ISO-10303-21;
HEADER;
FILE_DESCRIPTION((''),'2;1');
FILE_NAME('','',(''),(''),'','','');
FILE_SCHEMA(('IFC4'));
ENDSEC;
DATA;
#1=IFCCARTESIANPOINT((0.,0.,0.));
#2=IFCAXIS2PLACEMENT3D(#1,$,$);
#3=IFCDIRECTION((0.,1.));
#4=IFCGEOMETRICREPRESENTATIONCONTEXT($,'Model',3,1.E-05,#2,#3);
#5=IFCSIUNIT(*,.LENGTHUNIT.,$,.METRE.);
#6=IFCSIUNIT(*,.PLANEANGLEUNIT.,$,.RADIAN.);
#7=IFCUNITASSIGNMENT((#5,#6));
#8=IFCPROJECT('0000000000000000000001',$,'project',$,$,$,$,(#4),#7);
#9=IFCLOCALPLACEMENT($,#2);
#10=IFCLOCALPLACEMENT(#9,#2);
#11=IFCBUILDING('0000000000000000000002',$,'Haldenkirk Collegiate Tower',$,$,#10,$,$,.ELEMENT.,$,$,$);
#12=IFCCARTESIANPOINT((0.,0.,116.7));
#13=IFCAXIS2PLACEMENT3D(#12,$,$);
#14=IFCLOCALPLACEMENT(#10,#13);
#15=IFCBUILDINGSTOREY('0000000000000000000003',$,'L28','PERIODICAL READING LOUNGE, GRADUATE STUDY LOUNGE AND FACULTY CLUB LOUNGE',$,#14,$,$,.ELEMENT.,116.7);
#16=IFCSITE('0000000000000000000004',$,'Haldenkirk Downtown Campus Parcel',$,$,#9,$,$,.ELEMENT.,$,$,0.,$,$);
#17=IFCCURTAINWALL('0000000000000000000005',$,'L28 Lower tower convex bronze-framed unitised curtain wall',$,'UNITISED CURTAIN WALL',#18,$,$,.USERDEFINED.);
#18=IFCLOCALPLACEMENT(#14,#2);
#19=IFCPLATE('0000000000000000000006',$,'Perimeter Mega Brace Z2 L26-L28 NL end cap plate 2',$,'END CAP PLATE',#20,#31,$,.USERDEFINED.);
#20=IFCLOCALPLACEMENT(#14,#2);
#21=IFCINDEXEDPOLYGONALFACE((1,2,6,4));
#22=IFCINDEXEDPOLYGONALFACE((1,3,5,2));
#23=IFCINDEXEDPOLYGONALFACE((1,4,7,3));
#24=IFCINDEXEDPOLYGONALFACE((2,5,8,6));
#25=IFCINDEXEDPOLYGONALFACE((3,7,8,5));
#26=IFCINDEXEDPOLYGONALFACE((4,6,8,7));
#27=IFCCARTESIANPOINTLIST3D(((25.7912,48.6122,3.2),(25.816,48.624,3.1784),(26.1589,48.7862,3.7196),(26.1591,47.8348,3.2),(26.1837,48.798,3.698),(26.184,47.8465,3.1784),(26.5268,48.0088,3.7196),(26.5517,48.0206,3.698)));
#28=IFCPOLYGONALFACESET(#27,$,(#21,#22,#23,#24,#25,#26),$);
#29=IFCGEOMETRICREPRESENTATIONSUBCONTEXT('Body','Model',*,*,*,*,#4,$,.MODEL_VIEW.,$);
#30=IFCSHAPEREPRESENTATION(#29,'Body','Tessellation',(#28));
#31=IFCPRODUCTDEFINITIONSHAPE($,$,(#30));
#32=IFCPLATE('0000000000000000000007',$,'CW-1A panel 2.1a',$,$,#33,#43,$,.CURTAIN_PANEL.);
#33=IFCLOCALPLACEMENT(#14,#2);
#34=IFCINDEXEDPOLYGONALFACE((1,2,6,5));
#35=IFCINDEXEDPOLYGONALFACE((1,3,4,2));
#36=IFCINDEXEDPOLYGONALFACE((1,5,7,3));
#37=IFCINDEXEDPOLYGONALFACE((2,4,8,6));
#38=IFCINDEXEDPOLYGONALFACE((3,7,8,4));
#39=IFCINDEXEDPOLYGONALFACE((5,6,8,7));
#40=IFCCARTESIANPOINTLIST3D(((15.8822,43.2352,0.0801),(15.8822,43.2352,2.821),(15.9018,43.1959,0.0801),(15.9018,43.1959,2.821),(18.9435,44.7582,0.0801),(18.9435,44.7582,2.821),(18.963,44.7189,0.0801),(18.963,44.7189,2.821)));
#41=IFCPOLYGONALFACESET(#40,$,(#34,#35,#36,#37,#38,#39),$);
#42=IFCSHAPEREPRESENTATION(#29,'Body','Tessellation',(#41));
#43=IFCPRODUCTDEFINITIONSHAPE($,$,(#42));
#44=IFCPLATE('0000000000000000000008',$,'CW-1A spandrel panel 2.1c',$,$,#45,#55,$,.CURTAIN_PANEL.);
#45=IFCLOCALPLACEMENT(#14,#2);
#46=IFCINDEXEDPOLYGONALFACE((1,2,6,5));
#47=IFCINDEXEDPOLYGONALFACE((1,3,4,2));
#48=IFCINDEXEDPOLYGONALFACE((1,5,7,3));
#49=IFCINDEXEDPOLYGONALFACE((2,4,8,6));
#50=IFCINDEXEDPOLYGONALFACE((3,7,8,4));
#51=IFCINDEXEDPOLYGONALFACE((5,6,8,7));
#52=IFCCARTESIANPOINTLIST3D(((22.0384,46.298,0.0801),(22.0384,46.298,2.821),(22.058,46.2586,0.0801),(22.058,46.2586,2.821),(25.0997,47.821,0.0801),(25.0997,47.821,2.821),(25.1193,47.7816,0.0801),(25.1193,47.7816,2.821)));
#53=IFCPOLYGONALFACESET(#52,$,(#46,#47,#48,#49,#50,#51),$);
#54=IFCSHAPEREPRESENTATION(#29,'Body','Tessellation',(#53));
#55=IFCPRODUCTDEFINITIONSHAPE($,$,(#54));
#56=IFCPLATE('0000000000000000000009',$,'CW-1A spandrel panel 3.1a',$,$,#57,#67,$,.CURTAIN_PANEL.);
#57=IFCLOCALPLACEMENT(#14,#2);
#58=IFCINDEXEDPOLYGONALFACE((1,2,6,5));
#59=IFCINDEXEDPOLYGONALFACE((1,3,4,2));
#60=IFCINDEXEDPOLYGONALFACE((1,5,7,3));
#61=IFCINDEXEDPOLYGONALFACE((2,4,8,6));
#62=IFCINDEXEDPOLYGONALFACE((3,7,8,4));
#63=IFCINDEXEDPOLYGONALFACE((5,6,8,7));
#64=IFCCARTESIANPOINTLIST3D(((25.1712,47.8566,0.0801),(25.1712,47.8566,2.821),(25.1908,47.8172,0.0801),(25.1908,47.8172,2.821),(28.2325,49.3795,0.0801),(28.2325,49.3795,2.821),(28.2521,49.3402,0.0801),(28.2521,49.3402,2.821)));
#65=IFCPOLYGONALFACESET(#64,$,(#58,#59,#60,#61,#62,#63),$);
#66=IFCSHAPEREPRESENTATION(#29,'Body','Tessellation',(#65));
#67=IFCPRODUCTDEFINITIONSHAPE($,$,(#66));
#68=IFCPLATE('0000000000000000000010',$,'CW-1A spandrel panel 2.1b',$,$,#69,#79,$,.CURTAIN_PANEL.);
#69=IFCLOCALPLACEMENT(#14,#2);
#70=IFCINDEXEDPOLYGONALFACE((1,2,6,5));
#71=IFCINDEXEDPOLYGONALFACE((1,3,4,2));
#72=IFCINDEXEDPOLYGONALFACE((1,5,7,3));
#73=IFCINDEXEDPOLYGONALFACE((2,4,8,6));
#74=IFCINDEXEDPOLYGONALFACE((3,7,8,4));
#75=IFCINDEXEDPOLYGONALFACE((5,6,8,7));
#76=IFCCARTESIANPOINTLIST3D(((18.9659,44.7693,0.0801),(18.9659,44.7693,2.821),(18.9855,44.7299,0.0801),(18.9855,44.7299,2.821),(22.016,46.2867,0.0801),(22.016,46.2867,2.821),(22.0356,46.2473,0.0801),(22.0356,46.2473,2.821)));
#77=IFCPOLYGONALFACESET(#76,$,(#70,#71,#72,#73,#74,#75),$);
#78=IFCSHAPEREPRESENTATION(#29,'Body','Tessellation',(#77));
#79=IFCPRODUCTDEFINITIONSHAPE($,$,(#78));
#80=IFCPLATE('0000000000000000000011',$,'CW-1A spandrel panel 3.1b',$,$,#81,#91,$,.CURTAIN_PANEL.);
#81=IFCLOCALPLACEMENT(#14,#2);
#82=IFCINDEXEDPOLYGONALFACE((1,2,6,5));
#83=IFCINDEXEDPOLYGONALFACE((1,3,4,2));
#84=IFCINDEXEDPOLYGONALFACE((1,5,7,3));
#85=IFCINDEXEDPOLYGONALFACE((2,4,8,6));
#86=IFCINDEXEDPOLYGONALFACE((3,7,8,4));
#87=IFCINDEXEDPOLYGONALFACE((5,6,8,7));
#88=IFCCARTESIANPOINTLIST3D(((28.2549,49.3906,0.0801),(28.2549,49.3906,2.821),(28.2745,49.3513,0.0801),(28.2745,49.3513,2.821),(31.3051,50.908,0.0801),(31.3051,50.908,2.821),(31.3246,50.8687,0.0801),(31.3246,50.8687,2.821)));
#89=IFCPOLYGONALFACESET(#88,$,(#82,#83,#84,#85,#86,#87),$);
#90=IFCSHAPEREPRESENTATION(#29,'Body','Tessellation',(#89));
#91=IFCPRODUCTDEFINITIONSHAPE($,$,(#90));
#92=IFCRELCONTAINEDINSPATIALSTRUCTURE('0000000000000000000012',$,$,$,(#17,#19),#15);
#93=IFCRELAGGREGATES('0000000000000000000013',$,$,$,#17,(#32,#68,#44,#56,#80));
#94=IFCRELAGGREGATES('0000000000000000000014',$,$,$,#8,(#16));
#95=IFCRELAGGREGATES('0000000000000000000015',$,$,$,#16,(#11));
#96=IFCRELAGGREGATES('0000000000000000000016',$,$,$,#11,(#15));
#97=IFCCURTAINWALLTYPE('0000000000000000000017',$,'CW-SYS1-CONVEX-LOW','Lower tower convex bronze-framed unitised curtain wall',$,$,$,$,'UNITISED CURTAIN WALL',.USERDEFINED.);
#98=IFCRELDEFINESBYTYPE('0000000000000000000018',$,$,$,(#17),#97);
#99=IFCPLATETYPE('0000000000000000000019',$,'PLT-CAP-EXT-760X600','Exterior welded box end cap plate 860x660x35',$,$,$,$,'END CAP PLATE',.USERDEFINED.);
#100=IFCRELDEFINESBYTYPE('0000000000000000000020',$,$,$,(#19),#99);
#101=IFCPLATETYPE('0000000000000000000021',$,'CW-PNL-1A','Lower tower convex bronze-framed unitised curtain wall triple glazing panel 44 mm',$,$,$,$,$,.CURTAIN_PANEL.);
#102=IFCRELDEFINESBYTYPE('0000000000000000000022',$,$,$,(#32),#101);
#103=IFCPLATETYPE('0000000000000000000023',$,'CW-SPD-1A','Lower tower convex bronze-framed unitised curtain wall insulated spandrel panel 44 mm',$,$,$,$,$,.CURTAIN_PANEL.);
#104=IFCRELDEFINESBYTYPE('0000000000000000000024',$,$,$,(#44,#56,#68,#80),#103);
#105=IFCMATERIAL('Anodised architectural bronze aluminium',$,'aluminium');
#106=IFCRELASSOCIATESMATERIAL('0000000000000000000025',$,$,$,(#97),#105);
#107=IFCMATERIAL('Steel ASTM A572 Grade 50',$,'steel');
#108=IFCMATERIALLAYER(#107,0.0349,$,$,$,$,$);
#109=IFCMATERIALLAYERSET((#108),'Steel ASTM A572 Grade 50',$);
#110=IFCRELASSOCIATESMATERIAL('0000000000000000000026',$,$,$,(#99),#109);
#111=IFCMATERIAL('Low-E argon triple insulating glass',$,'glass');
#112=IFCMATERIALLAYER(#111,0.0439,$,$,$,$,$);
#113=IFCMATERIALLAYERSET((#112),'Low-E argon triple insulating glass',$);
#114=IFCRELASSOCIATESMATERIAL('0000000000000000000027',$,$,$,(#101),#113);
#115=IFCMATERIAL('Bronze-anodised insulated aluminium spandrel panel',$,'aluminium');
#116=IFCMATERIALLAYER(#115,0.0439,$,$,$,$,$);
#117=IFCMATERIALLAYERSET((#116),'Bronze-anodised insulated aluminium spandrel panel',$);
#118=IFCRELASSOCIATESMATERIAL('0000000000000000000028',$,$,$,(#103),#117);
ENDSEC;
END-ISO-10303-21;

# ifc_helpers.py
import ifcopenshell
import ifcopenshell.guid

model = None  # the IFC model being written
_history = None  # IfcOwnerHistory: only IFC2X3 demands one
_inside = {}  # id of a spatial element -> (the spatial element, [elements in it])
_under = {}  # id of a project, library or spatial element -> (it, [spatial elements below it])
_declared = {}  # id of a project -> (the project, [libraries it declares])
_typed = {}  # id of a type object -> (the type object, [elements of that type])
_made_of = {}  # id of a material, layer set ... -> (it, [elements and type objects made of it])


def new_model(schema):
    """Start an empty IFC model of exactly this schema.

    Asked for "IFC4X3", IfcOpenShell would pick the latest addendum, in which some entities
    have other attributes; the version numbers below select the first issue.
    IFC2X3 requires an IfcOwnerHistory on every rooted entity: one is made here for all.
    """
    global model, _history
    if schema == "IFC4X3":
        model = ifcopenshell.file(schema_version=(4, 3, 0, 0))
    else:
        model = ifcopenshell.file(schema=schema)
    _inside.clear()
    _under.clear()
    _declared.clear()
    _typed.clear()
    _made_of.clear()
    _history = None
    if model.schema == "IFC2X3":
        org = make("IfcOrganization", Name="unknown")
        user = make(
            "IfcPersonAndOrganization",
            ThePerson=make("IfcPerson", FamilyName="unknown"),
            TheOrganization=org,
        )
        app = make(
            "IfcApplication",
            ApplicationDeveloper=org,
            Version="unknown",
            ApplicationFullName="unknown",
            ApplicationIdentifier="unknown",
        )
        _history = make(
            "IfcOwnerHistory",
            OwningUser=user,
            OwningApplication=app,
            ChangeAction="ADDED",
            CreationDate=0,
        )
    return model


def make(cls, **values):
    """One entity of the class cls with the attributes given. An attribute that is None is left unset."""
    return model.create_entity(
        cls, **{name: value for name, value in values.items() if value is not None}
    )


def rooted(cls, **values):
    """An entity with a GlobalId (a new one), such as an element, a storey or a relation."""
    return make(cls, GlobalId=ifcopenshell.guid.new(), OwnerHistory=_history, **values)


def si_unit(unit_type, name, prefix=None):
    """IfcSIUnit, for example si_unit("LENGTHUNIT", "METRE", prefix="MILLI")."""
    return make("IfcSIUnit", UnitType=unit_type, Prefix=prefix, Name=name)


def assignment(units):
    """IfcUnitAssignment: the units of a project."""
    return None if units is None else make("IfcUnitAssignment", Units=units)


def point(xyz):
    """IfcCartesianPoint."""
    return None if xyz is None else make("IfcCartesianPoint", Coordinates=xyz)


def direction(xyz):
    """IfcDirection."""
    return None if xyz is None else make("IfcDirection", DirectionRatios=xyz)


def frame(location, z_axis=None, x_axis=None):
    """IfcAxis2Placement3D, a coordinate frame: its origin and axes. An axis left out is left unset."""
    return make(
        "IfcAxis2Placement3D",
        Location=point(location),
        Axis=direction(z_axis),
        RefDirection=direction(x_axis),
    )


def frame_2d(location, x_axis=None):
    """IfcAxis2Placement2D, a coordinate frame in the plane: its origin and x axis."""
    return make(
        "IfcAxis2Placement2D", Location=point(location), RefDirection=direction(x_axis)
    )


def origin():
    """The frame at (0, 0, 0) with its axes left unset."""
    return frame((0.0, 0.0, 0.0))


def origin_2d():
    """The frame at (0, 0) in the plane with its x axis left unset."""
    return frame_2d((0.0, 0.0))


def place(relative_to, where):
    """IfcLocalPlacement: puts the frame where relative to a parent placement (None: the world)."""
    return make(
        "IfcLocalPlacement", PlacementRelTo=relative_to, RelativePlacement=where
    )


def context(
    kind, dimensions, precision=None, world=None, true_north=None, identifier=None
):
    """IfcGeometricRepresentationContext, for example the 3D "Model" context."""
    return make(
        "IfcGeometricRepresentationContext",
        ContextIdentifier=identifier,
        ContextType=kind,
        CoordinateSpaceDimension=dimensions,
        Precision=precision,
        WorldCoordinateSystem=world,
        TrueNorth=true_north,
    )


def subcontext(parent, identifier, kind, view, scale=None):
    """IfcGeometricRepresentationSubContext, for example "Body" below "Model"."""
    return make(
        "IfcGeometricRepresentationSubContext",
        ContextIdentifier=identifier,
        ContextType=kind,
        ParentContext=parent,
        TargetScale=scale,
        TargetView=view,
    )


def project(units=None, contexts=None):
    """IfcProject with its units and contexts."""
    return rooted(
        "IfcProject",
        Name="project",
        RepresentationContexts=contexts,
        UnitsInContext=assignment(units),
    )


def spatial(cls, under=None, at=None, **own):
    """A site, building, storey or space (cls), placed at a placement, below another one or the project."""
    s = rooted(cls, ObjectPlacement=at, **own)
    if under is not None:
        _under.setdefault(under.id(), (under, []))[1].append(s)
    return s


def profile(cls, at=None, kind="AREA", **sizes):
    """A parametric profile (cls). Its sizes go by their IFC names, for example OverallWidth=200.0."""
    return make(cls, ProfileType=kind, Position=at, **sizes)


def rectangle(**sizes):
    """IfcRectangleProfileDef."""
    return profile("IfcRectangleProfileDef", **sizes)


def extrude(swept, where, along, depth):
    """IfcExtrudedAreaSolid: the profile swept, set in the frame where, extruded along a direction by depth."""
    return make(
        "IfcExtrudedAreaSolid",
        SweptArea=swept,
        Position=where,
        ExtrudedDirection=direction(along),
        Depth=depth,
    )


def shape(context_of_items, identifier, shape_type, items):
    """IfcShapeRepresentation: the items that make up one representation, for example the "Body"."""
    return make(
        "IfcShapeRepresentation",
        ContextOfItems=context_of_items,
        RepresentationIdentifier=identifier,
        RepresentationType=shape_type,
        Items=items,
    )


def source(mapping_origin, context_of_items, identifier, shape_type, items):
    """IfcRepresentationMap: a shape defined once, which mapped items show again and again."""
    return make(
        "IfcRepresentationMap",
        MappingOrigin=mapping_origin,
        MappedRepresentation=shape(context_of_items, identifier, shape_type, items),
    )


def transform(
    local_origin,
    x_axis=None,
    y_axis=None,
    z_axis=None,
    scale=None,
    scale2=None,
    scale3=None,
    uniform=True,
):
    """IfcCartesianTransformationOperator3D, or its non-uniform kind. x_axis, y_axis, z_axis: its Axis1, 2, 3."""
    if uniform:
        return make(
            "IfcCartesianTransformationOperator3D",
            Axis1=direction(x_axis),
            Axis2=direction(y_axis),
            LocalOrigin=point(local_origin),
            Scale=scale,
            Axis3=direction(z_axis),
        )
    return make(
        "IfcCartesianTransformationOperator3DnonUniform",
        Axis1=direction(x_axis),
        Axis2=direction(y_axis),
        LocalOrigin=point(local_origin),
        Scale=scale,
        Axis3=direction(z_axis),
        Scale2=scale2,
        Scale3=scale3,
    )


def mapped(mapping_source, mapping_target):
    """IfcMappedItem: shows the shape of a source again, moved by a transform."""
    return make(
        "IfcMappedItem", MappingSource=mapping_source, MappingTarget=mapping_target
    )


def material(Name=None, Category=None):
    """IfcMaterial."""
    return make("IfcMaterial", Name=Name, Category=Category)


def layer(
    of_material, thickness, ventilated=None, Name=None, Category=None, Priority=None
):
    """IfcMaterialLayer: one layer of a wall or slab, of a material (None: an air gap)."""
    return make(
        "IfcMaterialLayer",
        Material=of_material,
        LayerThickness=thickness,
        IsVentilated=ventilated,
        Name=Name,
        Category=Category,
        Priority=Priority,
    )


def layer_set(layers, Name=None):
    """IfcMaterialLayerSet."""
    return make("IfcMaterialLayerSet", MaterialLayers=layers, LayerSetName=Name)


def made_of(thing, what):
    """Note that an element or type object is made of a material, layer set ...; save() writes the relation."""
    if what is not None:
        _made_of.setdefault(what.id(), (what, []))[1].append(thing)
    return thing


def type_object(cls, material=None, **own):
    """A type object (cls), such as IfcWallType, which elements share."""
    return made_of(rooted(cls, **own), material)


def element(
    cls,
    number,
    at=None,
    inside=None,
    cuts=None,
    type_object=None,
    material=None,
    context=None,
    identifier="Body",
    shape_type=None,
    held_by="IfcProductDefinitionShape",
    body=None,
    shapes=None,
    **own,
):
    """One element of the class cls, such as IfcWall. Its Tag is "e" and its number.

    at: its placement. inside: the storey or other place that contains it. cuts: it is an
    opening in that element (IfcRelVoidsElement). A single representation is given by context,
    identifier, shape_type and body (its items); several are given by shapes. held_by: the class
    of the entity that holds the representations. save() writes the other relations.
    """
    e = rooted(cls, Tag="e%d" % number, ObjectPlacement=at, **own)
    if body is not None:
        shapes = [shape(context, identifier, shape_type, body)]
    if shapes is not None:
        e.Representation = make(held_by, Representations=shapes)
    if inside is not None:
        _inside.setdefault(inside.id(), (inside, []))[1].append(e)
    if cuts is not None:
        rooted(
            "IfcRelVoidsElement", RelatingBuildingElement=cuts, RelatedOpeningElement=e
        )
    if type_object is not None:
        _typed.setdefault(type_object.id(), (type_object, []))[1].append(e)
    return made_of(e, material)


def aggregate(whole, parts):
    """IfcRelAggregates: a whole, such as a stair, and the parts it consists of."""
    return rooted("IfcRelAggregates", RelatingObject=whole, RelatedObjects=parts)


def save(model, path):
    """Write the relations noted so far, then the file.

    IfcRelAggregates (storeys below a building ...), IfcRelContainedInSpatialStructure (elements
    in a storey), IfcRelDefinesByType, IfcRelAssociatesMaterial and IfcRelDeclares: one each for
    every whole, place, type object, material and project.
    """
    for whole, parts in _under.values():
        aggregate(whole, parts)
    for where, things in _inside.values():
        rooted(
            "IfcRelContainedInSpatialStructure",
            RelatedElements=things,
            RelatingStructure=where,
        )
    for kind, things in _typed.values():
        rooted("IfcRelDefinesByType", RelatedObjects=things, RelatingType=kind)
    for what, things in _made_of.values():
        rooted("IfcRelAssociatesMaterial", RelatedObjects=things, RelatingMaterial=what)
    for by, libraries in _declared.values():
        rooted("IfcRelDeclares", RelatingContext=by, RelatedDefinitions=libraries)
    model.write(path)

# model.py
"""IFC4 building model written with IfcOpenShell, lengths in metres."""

from ifc_helpers import new_model, si_unit, direction, frame, origin, origin_2d, place, context, subcontext, project, spatial, rectangle, extrude, source, transform, mapped, material, layer, layer_set, type_object, element, aggregate, save


model = new_model("IFC4")

# Units and contexts
model_context = context("Model", 3, precision=1e-05, world=origin(), true_north=direction((0.0, 1.0)))
body_context = subcontext(model_context, "Body", "Model", "MODEL_VIEW")
ifc_project = project(units=[si_unit("LENGTHUNIT", "METRE"), si_unit("PLANEANGLEUNIT", "RADIAN")], contexts=[model_context])

# Site, building, storey
site_placement = place(None, origin())
site = spatial("IfcSite", under=ifc_project, at=site_placement, Name="Haldenkirk Downtown Campus Parcel", CompositionType="ELEMENT", RefElevation=0.0)
building_placement = place(site_placement, origin())
building = spatial("IfcBuilding", under=site, at=building_placement, Name="Haldenkirk Collegiate Tower", CompositionType="ELEMENT")
storey_placement = place(building_placement, frame((0.0, 0.0, 116.7)))
storey = spatial("IfcBuildingStorey", under=building, at=storey_placement, Name="L28", Description="PERIODICAL READING LOUNGE, GRADUATE STUDY LOUNGE AND FACULTY CLUB LOUNGE", CompositionType="ELEMENT", Elevation=116.7)

# Curtain wall
ifc_material_1 = material(Name="Anodised architectural bronze aluminium", Category="aluminium")
curtain_wall_type = type_object("IfcCurtainWallType", Name="CW-SYS1-CONVEX-LOW", Description="Lower tower convex bronze-framed unitised curtain wall", ElementType="UNITISED CURTAIN WALL", PredefinedType="USERDEFINED", material=ifc_material_1)
curtain_wall_placement = place(storey_placement, origin())
curtain_wall = element("IfcCurtainWall", 1, at=curtain_wall_placement, inside=storey, type_object=curtain_wall_type, Name="L28 Lower tower convex bronze-framed unitised curtain wall", ObjectType="UNITISED CURTAIN WALL", PredefinedType="USERDEFINED")

# Plates
ifc_material_2 = material(Name="Steel ASTM A572 Grade 50", Category="steel")
ifc_layer_1 = layer(ifc_material_2, 0.0349)
ifc_layer_set_1 = layer_set([ifc_layer_1], Name="Steel ASTM A572 Grade 50")
plate_type_1 = type_object("IfcPlateType", Name="PLT-CAP-EXT-760X600", Description="Exterior welded box end cap plate 860x660x35", ElementType="END CAP PLATE", PredefinedType="USERDEFINED", material=ifc_layer_set_1)
shared_shape_1 = source(origin(), body_context, "Body", "SweptSolid", [
    extrude(rectangle(XDim=0.8601, YDim=0.6599, at=origin_2d()), origin(), (0.0, 0.0, 1.0), 0.0349),
])
plate_1_placement = place(storey_placement, frame((26.1838, 48.3223, 3.4382), z_axis=(-0.711678, -0.336837, 0.616487), x_axis=(0.427803, -0.903872, 0.0)))
element("IfcPlate", 2, at=plate_1_placement, inside=storey, type_object=plate_type_1, Name="Perimeter Mega Brace Z2 L26-L28 NL end cap plate 2", ObjectType="END CAP PLATE", PredefinedType="USERDEFINED", context=body_context, shape_type="MappedRepresentation", body=[
    mapped(shared_shape_1, transform((0.0, 0.0, 0.0), x_axis=(1.0, 0.0, 0.0), y_axis=(0.0, 1.0, 0.0), z_axis=(0.0, 0.0, 1.0), scale=1.0)),
])
ifc_material_3 = material(Name="Low-E argon triple insulating glass", Category="glass")
ifc_layer_2 = layer(ifc_material_3, 0.0439)
ifc_layer_set_2 = layer_set([ifc_layer_2], Name="Low-E argon triple insulating glass")
plate_type_2 = type_object("IfcPlateType", Name="CW-PNL-1A", Description="Lower tower convex bronze-framed unitised curtain wall triple glazing panel 44 mm", PredefinedType="CURTAIN_PANEL", material=ifc_layer_set_2)
shared_shape_2 = source(origin(), body_context, "Body", "SweptSolid", [
    extrude(rectangle(XDim=3.4192, YDim=0.0439, at=origin_2d()), origin(), (0.0, 0.0, 1.0), 2.741),
])
plate_2_placement = place(storey_placement, frame((17.4226, 43.9771, 0.0801), z_axis=(0.0, 0.0, 1.0), x_axis=(0.895323, 0.445417, 0.0)))
plate_2 = element("IfcPlate", 3, at=plate_2_placement, type_object=plate_type_2, Name="CW-1A panel 2.1a", PredefinedType="CURTAIN_PANEL", context=body_context, shape_type="MappedRepresentation", body=[
    mapped(shared_shape_2, transform((0.0, 0.0, 0.0), x_axis=(1.0, 0.0, 0.0), y_axis=(0.0, 1.0, 0.0), z_axis=(0.0, 0.0, 1.0), scale=1.0)),
])
ifc_material_4 = material(Name="Bronze-anodised insulated aluminium spandrel panel", Category="aluminium")
ifc_layer_3 = layer(ifc_material_4, 0.0439)
ifc_layer_set_3 = layer_set([ifc_layer_3], Name="Bronze-anodised insulated aluminium spandrel panel")
plate_type_3 = type_object("IfcPlateType", Name="CW-SPD-1A", Description="Lower tower convex bronze-framed unitised curtain wall insulated spandrel panel 44 mm", PredefinedType="CURTAIN_PANEL", material=ifc_layer_set_3)
plate_3_placement = place(storey_placement, frame((23.5789, 47.0398, 0.0801), z_axis=(0.0, 0.0, 1.0), x_axis=(0.895323, 0.445417, 0.0)))
plate_3 = element("IfcPlate", 4, at=plate_3_placement, type_object=plate_type_3, Name="CW-1A spandrel panel 2.1c", PredefinedType="CURTAIN_PANEL", context=body_context, shape_type="MappedRepresentation", body=[
    mapped(shared_shape_2, transform((0.0, 0.0, 0.0), x_axis=(1.0, 0.0, 0.0), y_axis=(0.0, 1.0, 0.0), z_axis=(0.0, 0.0, 1.0), scale=1.0)),
])
plate_4_placement = place(storey_placement, frame((26.7117, 48.5984, 0.0801), z_axis=(0.0, 0.0, 1.0), x_axis=(0.895323, 0.445417, 0.0)))
plate_4 = element("IfcPlate", 5, at=plate_4_placement, type_object=plate_type_3, Name="CW-1A spandrel panel 3.1a", PredefinedType="CURTAIN_PANEL", context=body_context, shape_type="MappedRepresentation", body=[
    mapped(shared_shape_2, transform((0.0, 0.0, 0.0), x_axis=(1.0, 0.0, 0.0), y_axis=(0.0, 1.0, 0.0), z_axis=(0.0, 0.0, 1.0), scale=1.0)),
])
shared_shape_3 = source(origin(), body_context, "Body", "SweptSolid", [
    extrude(rectangle(XDim=3.4067, YDim=0.0439, at=origin_2d()), origin(), (0.0, 0.0, 1.0), 2.741),
])
plate_5_placement = place(storey_placement, frame((20.5007, 45.5083, 0.0801), z_axis=(0.0, 0.0, 1.0), x_axis=(0.895323, 0.445417, 0.0)))
plate_5 = element("IfcPlate", 6, at=plate_5_placement, type_object=plate_type_3, Name="CW-1A spandrel panel 2.1b", PredefinedType="CURTAIN_PANEL", context=body_context, shape_type="MappedRepresentation", body=[
    mapped(shared_shape_3, transform((0.0, 0.0, 0.0), x_axis=(1.0, 0.0, 0.0), y_axis=(0.0, 1.0, 0.0), z_axis=(0.0, 0.0, 1.0), scale=1.0)),
])
plate_6_placement = place(storey_placement, frame((29.7898, 50.1296, 0.0801), z_axis=(0.0, 0.0, 1.0), x_axis=(0.895323, 0.445417, 0.0)))
plate_6 = element("IfcPlate", 7, at=plate_6_placement, type_object=plate_type_3, Name="CW-1A spandrel panel 3.1b", PredefinedType="CURTAIN_PANEL", context=body_context, shape_type="MappedRepresentation", body=[
    mapped(shared_shape_3, transform((0.0, 0.0, 0.0), x_axis=(1.0, 0.0, 0.0), y_axis=(0.0, 1.0, 0.0), z_axis=(0.0, 0.0, 1.0), scale=1.0)),
])
aggregate(curtain_wall, [plate_2, plate_5, plate_3, plate_4, plate_6])

save(model, "model.ifc")
